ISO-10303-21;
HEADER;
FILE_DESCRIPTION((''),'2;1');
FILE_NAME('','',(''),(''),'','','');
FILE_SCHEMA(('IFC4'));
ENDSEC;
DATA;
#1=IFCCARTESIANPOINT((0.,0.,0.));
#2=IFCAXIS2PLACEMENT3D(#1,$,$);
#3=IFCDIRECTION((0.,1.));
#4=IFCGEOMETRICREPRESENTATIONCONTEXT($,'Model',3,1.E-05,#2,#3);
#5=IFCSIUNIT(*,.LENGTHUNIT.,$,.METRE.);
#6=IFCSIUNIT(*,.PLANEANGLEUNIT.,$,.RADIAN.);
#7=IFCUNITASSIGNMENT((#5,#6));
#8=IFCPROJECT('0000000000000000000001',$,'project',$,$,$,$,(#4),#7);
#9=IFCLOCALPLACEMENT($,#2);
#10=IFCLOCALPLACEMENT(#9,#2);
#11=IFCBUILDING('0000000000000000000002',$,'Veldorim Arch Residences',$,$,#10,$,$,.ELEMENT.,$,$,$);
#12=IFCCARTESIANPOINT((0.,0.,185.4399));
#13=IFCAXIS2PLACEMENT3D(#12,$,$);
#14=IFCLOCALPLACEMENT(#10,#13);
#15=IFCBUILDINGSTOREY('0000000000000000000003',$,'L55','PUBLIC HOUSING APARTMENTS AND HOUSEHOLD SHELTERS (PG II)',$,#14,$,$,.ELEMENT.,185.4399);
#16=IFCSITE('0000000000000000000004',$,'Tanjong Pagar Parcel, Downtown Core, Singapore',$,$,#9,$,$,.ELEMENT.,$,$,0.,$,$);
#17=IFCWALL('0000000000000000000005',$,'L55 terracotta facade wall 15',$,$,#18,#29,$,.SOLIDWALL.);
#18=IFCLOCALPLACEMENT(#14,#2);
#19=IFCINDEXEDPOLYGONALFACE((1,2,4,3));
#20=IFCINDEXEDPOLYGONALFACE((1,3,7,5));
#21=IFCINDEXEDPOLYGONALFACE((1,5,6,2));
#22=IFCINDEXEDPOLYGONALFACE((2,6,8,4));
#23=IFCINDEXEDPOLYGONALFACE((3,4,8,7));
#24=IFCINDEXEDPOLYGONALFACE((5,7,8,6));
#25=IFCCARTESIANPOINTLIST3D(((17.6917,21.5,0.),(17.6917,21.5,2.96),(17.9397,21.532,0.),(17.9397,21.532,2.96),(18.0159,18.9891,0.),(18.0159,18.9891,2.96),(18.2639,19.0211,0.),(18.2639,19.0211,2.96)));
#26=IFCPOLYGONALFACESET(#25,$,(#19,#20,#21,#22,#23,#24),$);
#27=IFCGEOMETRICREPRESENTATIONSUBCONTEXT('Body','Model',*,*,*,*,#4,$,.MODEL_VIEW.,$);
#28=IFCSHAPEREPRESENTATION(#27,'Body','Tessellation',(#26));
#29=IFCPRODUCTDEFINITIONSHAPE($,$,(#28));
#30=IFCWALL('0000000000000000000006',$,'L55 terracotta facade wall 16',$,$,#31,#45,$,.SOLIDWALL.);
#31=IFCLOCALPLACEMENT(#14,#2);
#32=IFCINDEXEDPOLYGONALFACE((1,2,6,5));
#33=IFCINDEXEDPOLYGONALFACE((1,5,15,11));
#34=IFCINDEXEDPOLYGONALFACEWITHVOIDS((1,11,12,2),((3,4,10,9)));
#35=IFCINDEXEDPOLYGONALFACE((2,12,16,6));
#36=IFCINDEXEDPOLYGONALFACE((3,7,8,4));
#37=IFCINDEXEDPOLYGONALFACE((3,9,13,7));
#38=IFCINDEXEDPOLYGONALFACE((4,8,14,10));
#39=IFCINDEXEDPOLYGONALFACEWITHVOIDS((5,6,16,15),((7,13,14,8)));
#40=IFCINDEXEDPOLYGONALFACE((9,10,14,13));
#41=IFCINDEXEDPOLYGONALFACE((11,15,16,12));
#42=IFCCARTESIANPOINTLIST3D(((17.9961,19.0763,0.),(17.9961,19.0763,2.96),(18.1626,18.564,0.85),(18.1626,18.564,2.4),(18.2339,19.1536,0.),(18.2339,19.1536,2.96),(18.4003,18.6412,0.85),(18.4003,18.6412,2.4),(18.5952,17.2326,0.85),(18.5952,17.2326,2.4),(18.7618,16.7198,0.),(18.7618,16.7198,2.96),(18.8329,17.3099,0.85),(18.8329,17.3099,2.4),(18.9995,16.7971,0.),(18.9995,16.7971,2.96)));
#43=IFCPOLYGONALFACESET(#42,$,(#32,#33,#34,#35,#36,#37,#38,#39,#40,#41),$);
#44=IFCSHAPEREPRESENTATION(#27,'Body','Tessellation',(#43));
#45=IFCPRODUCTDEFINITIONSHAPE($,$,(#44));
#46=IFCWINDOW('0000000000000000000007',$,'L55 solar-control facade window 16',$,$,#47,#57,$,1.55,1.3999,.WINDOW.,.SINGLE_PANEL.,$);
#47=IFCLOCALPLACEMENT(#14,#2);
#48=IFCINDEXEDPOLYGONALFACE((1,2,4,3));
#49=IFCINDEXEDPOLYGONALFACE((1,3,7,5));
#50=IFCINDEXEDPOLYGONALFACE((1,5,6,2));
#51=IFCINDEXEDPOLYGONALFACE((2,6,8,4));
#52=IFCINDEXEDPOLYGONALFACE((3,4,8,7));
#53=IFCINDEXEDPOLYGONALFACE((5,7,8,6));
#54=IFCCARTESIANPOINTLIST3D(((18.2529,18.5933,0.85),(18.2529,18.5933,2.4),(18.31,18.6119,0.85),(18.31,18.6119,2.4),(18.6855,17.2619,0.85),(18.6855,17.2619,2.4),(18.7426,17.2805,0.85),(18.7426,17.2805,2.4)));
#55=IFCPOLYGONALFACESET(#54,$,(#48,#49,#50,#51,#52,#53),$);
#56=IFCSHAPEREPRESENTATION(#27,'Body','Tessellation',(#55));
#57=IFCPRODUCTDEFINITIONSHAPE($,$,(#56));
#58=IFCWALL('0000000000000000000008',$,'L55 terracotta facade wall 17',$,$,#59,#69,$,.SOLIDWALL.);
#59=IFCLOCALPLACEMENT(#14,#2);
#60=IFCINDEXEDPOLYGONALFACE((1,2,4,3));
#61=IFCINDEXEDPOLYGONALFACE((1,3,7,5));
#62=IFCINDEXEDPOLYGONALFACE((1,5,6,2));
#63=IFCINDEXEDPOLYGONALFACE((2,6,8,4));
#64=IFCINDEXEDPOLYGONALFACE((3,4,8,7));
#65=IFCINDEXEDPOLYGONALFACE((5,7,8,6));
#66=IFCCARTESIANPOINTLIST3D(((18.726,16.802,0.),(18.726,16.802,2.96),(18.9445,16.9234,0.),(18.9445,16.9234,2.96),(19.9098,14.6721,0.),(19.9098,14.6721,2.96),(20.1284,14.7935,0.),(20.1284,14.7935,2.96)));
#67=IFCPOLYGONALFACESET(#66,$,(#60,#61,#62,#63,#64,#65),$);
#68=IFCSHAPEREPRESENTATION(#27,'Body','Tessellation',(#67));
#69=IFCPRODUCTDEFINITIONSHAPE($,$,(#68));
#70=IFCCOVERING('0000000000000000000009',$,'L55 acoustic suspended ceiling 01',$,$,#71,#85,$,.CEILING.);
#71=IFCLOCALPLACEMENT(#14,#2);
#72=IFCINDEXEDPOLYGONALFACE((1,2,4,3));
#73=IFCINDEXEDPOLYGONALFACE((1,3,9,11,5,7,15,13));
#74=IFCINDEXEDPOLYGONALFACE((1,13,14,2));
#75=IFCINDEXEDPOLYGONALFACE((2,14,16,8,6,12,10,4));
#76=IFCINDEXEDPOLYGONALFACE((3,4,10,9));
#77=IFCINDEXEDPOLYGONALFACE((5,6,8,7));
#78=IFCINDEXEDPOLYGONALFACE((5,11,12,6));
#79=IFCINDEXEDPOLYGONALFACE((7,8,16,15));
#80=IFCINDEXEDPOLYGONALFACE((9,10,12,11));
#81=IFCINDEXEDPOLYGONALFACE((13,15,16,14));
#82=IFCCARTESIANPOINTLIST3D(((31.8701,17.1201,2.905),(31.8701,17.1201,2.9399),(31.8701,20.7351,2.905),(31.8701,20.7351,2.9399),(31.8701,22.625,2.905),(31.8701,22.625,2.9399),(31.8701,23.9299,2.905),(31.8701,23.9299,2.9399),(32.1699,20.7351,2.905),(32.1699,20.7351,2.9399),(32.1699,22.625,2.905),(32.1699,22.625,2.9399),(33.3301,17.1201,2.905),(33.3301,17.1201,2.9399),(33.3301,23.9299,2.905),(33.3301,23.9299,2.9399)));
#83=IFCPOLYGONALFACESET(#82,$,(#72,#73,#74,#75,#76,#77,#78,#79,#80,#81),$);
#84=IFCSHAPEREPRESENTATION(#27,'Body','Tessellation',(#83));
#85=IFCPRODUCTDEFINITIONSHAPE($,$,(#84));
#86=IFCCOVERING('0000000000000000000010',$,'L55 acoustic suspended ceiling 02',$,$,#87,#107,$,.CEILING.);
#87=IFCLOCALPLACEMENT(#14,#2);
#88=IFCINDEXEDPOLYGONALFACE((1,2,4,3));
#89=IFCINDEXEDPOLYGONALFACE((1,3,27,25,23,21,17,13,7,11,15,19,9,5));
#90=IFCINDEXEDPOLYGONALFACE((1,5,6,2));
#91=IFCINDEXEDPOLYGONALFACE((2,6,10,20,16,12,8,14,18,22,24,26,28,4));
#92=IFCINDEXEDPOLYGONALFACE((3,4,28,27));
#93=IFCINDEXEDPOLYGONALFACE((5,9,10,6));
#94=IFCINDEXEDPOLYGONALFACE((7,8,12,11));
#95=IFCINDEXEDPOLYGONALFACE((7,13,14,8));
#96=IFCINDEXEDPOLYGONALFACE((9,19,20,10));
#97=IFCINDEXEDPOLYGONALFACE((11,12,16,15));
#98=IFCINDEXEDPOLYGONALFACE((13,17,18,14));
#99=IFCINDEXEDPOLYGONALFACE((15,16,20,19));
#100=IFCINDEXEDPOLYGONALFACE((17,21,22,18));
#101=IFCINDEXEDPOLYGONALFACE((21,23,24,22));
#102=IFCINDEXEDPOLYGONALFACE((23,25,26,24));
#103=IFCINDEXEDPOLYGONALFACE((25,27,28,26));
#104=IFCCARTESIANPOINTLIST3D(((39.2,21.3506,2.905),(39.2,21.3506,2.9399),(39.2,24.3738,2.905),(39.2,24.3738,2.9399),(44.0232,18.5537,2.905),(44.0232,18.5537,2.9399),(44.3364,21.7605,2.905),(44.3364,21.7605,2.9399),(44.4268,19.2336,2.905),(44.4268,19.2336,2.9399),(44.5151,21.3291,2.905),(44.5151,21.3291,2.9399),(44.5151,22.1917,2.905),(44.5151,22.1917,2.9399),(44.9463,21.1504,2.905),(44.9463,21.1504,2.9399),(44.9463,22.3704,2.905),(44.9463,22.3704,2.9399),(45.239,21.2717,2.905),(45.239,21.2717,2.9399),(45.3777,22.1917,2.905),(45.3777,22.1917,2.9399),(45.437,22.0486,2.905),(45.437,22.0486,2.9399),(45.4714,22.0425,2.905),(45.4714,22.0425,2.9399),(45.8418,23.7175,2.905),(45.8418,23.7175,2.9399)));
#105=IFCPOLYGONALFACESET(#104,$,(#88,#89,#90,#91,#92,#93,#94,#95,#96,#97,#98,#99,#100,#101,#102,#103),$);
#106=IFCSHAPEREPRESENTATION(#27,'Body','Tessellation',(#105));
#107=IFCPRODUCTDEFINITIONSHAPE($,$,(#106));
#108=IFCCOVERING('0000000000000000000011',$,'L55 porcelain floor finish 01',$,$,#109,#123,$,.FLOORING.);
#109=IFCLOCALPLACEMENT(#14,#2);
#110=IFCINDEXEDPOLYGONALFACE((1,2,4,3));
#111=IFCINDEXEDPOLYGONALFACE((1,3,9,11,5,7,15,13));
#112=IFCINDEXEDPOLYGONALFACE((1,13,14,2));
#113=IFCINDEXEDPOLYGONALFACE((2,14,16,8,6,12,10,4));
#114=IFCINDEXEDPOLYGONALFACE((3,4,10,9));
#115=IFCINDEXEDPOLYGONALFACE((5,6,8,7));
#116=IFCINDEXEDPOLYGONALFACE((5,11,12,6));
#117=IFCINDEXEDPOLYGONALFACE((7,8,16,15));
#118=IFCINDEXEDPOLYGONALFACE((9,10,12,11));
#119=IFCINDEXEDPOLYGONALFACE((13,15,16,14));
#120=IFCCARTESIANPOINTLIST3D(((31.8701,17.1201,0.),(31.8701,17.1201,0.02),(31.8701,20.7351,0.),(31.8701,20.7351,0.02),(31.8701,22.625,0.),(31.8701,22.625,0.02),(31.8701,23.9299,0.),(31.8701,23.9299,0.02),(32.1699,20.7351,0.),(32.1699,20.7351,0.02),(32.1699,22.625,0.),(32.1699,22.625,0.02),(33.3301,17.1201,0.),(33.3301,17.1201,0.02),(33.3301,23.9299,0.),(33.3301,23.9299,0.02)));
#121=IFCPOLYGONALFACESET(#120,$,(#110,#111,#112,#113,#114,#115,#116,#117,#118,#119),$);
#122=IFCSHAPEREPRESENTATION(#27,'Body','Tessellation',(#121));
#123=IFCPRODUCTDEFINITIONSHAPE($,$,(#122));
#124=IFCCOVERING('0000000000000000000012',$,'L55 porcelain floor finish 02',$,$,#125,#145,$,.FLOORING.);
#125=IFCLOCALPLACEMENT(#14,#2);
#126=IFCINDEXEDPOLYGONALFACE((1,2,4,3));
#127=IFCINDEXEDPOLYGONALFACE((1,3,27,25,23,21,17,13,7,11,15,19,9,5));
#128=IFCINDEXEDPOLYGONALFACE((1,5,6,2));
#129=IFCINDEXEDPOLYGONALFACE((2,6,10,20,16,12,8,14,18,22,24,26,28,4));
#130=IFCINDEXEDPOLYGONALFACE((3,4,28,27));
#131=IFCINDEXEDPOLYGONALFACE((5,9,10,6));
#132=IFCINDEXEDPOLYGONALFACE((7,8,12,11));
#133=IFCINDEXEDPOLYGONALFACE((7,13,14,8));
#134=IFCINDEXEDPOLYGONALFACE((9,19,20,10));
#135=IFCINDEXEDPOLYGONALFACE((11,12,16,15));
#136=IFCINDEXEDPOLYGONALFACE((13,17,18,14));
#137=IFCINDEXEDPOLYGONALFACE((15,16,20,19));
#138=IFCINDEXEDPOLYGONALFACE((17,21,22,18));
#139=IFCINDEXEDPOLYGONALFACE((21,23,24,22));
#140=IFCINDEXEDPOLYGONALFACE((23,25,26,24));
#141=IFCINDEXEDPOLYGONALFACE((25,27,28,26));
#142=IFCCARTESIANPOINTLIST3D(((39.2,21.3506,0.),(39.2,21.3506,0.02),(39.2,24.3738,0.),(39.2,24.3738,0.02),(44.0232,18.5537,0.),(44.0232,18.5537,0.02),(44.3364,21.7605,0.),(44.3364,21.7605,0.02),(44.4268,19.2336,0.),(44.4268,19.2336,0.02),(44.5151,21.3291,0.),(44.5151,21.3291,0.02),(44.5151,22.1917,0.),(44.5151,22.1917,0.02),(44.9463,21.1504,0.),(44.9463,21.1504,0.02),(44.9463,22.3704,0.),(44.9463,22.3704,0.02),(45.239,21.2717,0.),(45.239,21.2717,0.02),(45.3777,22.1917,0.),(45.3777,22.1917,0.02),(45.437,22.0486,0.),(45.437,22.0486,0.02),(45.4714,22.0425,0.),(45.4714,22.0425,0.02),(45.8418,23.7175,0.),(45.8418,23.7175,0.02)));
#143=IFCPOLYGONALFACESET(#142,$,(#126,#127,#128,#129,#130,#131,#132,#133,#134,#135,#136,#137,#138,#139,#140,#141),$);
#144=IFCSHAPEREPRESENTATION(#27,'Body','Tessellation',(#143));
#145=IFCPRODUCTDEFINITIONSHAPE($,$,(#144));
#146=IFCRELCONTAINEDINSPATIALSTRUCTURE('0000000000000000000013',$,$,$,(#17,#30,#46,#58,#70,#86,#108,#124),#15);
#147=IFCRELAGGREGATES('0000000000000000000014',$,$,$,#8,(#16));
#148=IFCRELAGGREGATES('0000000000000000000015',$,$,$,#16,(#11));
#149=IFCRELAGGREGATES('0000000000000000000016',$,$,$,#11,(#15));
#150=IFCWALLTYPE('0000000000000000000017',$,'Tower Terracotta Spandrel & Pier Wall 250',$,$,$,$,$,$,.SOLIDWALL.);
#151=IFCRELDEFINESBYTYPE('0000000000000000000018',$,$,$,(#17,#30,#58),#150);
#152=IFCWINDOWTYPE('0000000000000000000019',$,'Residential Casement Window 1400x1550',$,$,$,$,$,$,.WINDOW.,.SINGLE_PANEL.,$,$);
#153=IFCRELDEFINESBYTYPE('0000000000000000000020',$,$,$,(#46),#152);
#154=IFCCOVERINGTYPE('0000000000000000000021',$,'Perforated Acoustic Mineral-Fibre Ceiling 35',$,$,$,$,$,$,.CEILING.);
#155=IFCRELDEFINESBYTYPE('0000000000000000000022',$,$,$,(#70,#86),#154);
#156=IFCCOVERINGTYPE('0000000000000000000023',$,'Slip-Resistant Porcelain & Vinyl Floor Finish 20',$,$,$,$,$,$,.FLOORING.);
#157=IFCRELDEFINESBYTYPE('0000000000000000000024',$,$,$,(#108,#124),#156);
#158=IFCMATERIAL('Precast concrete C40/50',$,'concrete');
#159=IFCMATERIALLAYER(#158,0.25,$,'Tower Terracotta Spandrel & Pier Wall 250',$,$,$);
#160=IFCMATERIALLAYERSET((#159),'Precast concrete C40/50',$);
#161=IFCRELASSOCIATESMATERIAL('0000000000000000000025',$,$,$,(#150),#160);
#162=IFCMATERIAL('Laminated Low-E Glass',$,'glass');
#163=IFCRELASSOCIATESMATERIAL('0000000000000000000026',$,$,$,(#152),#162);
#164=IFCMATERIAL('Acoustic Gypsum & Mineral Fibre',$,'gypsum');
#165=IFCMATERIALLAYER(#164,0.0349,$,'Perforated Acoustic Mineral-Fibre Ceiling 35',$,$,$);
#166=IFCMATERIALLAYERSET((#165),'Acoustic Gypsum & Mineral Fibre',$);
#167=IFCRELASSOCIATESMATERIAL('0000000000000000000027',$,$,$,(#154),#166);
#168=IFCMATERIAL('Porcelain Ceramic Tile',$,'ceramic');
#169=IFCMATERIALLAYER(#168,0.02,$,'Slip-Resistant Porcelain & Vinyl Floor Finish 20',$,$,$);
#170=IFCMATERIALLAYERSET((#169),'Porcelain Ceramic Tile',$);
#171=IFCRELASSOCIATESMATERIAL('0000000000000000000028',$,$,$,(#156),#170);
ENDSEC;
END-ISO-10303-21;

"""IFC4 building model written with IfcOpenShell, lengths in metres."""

from ifc_helpers import new_model, si_unit, direction, frame, frame_2d, origin, place, context, subcontext, project, spatial, polyline, rectangle, outline, extrude, material, layer, layer_set, type_object, element, fill, save


model = new_model("IFC4")

# Units and contexts
model_context = context("Model", 3, precision=1e-05, world=origin(), true_north=direction((0.0, 1.0)))
body_context = subcontext(model_context, "Body", "Model", "MODEL_VIEW")
ifc_project = project(units=[si_unit("LENGTHUNIT", "METRE"), si_unit("PLANEANGLEUNIT", "RADIAN")], contexts=[model_context])

# Site, building, storey
site_placement = place(None, origin())
site = spatial("IfcSite", under=ifc_project, at=site_placement, Name="Tanjong Pagar Parcel, Downtown Core, Singapore", CompositionType="ELEMENT", RefElevation=0.0)
building_placement = place(site_placement, origin())
building = spatial("IfcBuilding", under=site, at=building_placement, Name="Veldorim Arch Residences", CompositionType="ELEMENT")
storey_placement = place(building_placement, frame((0.0, 0.0, 185.4399)))
storey = spatial("IfcBuildingStorey", under=building, at=storey_placement, Name="L55", Description="PUBLIC HOUSING APARTMENTS AND HOUSEHOLD SHELTERS (PG II)", CompositionType="ELEMENT", Elevation=185.4399)

# Wall
ifc_material_1 = material(Name="Precast concrete C40/50", Category="concrete")
ifc_layer_1 = layer(ifc_material_1, 0.25, Name="Tower Terracotta Spandrel & Pier Wall 250")
ifc_layer_set_1 = layer_set([ifc_layer_1], Name="Precast concrete C40/50")
wall_type_1 = type_object("IfcWallType", Name="Tower Terracotta Spandrel & Pier Wall 250", PredefinedType="SOLIDWALL", material=ifc_layer_set_1)
wall_1_placement = place(storey_placement, frame((18.1399, 19.0051, 0.0), z_axis=(0.0, 0.0, 1.0), x_axis=(-0.128057, 0.991767, 0.0)))
element("IfcWall", 1, at=wall_1_placement, inside=storey, type_object=wall_type_1, Name="L55 terracotta facade wall 15", PredefinedType="SOLIDWALL", context=body_context, shape_type="SweptSolid", body=[
    extrude(rectangle(XDim=2.5317, YDim=0.25, at=frame_2d((1.2659, 0.0))), origin(), (0.0, 0.0, 1.0), 2.96),
])

# Wall, opening, window
wall_2_placement = place(storey_placement, frame((18.8806, 16.7585, 0.0), z_axis=(0.0, 0.0, 1.0), x_axis=(-0.309006, 0.95106, 0.0)))
wall_2 = element("IfcWall", 2, at=wall_2_placement, inside=storey, type_object=wall_type_1, Name="L55 terracotta facade wall 16", PredefinedType="SOLIDWALL", context=body_context, shape_type="SweptSolid", body=[
    extrude(rectangle(XDim=2.4778, YDim=0.25, at=frame_2d((1.2388, 0.0))), origin(), (0.0, 0.0, 1.0), 2.96),
])
opening_1_placement = place(wall_2_placement, frame((0.5391, 0.0, 0.8501)))
opening_1 = element("IfcOpeningElement", 3, at=opening_1_placement, cuts=wall_2, PredefinedType="OPENING", context=body_context, shape_type="SweptSolid", body=[
    extrude(rectangle(XDim=1.3999, YDim=1.55, at=frame_2d((0.7, 0.7749))), frame((0.0, 0.135, 0.0), z_axis=(0.0, -1.0, 0.0), x_axis=(1.0, 0.0, 0.0)), (0.0, 0.0, 1.0), 0.27),
])
ifc_material_2 = material(Name="Laminated Low-E Glass", Category="glass")
window_type = type_object("IfcWindowType", Name="Residential Casement Window 1400x1550", PartitioningType="SINGLE_PANEL", PredefinedType="WINDOW", material=ifc_material_2)
window_placement = place(opening_1_placement, origin())
window = element("IfcWindow", 4, at=window_placement, inside=storey, type_object=window_type, Name="L55 solar-control facade window 16", OverallHeight=1.55, OverallWidth=1.3999, PartitioningType="SINGLE_PANEL", PredefinedType="WINDOW", context=body_context, shape_type="SweptSolid", body=[
    extrude(rectangle(XDim=1.3999, YDim=1.55, at=frame_2d((0.7, 0.7749))), frame((0.0, 0.03, 0.0), z_axis=(0.0, -1.0, 0.0), x_axis=(1.0, 0.0, 0.0)), (0.0, 0.0, 1.0), 0.0601),
])
fill(opening_1, window)

# Wall
wall_3_placement = place(storey_placement, frame((20.019, 14.7329, 0.0), z_axis=(0.0, 0.0, 1.0), x_axis=(-0.485822, 0.874058, 0.0)))
element("IfcWall", 5, at=wall_3_placement, inside=storey, type_object=wall_type_1, Name="L55 terracotta facade wall 17", PredefinedType="SOLIDWALL", context=body_context, shape_type="SweptSolid", body=[
    extrude(rectangle(XDim=2.4368, YDim=0.25, at=frame_2d((1.2183, 0.0))), origin(), (0.0, 0.0, 1.0), 2.96),
])

# Coverings
ifc_material_3 = material(Name="Acoustic Gypsum & Mineral Fibre", Category="gypsum")
ifc_layer_2 = layer(ifc_material_3, 0.0349, Name="Perforated Acoustic Mineral-Fibre Ceiling 35")
ifc_layer_set_2 = layer_set([ifc_layer_2], Name="Acoustic Gypsum & Mineral Fibre")
covering_type_1 = type_object("IfcCoveringType", Name="Perforated Acoustic Mineral-Fibre Ceiling 35", PredefinedType="CEILING", material=ifc_layer_set_2)
covering_1_placement = place(storey_placement, frame((0.0, 0.0, 2.905)))
element("IfcCovering", 6, at=covering_1_placement, inside=storey, type_object=covering_type_1, Name="L55 acoustic suspended ceiling 01", PredefinedType="CEILING", context=body_context, shape_type="SweptSolid", body=[
    extrude(outline(polyline([(33.3301, 23.9299), (33.3301, 17.1201), (31.8701, 17.1201), (31.8701, 20.7351), (32.1699, 20.7351), (32.1699, 22.625), (31.8701, 22.625), (31.8701, 23.9299), (33.3301, 23.9299)])), origin(), (0.0, 0.0, 1.0), 0.0349),
])
covering_2_placement = place(storey_placement, frame((0.0, 0.0, 2.905)))
element("IfcCovering", 7, at=covering_2_placement, inside=storey, type_object=covering_type_1, Name="L55 acoustic suspended ceiling 02", PredefinedType="CEILING", context=body_context, shape_type="SweptSolid", body=[
    extrude(outline(polyline([(44.4268, 19.2336), (44.0232, 18.5537), (39.2, 21.3506), (39.2, 24.3738), (45.8418, 23.7175), (45.4714, 22.0425), (45.437, 22.0486), (45.3777, 22.1917), (44.9463, 22.3704), (44.5151, 22.1917), (44.3364, 21.7605), (44.5151, 21.3291), (44.9463, 21.1504), (45.239, 21.2717), (44.4268, 19.2336)])), origin(), (0.0, 0.0, 1.0), 0.0349),
])
ifc_material_4 = material(Name="Porcelain Ceramic Tile", Category="ceramic")
ifc_layer_3 = layer(ifc_material_4, 0.02, Name="Slip-Resistant Porcelain & Vinyl Floor Finish 20")
ifc_layer_set_3 = layer_set([ifc_layer_3], Name="Porcelain Ceramic Tile")
covering_type_2 = type_object("IfcCoveringType", Name="Slip-Resistant Porcelain & Vinyl Floor Finish 20", PredefinedType="FLOORING", material=ifc_layer_set_3)
covering_3_placement = place(storey_placement, origin())
element("IfcCovering", 8, at=covering_3_placement, inside=storey, type_object=covering_type_2, Name="L55 porcelain floor finish 01", PredefinedType="FLOORING", context=body_context, shape_type="SweptSolid", body=[
    extrude(outline(polyline([(33.3301, 23.9299), (33.3301, 17.1201), (31.8701, 17.1201), (31.8701, 20.7351), (32.1699, 20.7351), (32.1699, 22.625), (31.8701, 22.625), (31.8701, 23.9299), (33.3301, 23.9299)])), origin(), (0.0, 0.0, 1.0), 0.02),
])
covering_4_placement = place(storey_placement, origin())
element("IfcCovering", 9, at=covering_4_placement, inside=storey, type_object=covering_type_2, Name="L55 porcelain floor finish 02", PredefinedType="FLOORING", context=body_context, shape_type="SweptSolid", body=[
    extrude(outline(polyline([(44.4268, 19.2336), (44.0232, 18.5537), (39.2, 21.3506), (39.2, 24.3738), (45.8418, 23.7175), (45.4714, 22.0425), (45.437, 22.0486), (45.3777, 22.1917), (44.9463, 22.3704), (44.5151, 22.1917), (44.3364, 21.7605), (44.5151, 21.3291), (44.9463, 21.1504), (45.239, 21.2717), (44.4268, 19.2336)])), origin(), (0.0, 0.0, 1.0), 0.02),
])

save(model, "model.ifc")
